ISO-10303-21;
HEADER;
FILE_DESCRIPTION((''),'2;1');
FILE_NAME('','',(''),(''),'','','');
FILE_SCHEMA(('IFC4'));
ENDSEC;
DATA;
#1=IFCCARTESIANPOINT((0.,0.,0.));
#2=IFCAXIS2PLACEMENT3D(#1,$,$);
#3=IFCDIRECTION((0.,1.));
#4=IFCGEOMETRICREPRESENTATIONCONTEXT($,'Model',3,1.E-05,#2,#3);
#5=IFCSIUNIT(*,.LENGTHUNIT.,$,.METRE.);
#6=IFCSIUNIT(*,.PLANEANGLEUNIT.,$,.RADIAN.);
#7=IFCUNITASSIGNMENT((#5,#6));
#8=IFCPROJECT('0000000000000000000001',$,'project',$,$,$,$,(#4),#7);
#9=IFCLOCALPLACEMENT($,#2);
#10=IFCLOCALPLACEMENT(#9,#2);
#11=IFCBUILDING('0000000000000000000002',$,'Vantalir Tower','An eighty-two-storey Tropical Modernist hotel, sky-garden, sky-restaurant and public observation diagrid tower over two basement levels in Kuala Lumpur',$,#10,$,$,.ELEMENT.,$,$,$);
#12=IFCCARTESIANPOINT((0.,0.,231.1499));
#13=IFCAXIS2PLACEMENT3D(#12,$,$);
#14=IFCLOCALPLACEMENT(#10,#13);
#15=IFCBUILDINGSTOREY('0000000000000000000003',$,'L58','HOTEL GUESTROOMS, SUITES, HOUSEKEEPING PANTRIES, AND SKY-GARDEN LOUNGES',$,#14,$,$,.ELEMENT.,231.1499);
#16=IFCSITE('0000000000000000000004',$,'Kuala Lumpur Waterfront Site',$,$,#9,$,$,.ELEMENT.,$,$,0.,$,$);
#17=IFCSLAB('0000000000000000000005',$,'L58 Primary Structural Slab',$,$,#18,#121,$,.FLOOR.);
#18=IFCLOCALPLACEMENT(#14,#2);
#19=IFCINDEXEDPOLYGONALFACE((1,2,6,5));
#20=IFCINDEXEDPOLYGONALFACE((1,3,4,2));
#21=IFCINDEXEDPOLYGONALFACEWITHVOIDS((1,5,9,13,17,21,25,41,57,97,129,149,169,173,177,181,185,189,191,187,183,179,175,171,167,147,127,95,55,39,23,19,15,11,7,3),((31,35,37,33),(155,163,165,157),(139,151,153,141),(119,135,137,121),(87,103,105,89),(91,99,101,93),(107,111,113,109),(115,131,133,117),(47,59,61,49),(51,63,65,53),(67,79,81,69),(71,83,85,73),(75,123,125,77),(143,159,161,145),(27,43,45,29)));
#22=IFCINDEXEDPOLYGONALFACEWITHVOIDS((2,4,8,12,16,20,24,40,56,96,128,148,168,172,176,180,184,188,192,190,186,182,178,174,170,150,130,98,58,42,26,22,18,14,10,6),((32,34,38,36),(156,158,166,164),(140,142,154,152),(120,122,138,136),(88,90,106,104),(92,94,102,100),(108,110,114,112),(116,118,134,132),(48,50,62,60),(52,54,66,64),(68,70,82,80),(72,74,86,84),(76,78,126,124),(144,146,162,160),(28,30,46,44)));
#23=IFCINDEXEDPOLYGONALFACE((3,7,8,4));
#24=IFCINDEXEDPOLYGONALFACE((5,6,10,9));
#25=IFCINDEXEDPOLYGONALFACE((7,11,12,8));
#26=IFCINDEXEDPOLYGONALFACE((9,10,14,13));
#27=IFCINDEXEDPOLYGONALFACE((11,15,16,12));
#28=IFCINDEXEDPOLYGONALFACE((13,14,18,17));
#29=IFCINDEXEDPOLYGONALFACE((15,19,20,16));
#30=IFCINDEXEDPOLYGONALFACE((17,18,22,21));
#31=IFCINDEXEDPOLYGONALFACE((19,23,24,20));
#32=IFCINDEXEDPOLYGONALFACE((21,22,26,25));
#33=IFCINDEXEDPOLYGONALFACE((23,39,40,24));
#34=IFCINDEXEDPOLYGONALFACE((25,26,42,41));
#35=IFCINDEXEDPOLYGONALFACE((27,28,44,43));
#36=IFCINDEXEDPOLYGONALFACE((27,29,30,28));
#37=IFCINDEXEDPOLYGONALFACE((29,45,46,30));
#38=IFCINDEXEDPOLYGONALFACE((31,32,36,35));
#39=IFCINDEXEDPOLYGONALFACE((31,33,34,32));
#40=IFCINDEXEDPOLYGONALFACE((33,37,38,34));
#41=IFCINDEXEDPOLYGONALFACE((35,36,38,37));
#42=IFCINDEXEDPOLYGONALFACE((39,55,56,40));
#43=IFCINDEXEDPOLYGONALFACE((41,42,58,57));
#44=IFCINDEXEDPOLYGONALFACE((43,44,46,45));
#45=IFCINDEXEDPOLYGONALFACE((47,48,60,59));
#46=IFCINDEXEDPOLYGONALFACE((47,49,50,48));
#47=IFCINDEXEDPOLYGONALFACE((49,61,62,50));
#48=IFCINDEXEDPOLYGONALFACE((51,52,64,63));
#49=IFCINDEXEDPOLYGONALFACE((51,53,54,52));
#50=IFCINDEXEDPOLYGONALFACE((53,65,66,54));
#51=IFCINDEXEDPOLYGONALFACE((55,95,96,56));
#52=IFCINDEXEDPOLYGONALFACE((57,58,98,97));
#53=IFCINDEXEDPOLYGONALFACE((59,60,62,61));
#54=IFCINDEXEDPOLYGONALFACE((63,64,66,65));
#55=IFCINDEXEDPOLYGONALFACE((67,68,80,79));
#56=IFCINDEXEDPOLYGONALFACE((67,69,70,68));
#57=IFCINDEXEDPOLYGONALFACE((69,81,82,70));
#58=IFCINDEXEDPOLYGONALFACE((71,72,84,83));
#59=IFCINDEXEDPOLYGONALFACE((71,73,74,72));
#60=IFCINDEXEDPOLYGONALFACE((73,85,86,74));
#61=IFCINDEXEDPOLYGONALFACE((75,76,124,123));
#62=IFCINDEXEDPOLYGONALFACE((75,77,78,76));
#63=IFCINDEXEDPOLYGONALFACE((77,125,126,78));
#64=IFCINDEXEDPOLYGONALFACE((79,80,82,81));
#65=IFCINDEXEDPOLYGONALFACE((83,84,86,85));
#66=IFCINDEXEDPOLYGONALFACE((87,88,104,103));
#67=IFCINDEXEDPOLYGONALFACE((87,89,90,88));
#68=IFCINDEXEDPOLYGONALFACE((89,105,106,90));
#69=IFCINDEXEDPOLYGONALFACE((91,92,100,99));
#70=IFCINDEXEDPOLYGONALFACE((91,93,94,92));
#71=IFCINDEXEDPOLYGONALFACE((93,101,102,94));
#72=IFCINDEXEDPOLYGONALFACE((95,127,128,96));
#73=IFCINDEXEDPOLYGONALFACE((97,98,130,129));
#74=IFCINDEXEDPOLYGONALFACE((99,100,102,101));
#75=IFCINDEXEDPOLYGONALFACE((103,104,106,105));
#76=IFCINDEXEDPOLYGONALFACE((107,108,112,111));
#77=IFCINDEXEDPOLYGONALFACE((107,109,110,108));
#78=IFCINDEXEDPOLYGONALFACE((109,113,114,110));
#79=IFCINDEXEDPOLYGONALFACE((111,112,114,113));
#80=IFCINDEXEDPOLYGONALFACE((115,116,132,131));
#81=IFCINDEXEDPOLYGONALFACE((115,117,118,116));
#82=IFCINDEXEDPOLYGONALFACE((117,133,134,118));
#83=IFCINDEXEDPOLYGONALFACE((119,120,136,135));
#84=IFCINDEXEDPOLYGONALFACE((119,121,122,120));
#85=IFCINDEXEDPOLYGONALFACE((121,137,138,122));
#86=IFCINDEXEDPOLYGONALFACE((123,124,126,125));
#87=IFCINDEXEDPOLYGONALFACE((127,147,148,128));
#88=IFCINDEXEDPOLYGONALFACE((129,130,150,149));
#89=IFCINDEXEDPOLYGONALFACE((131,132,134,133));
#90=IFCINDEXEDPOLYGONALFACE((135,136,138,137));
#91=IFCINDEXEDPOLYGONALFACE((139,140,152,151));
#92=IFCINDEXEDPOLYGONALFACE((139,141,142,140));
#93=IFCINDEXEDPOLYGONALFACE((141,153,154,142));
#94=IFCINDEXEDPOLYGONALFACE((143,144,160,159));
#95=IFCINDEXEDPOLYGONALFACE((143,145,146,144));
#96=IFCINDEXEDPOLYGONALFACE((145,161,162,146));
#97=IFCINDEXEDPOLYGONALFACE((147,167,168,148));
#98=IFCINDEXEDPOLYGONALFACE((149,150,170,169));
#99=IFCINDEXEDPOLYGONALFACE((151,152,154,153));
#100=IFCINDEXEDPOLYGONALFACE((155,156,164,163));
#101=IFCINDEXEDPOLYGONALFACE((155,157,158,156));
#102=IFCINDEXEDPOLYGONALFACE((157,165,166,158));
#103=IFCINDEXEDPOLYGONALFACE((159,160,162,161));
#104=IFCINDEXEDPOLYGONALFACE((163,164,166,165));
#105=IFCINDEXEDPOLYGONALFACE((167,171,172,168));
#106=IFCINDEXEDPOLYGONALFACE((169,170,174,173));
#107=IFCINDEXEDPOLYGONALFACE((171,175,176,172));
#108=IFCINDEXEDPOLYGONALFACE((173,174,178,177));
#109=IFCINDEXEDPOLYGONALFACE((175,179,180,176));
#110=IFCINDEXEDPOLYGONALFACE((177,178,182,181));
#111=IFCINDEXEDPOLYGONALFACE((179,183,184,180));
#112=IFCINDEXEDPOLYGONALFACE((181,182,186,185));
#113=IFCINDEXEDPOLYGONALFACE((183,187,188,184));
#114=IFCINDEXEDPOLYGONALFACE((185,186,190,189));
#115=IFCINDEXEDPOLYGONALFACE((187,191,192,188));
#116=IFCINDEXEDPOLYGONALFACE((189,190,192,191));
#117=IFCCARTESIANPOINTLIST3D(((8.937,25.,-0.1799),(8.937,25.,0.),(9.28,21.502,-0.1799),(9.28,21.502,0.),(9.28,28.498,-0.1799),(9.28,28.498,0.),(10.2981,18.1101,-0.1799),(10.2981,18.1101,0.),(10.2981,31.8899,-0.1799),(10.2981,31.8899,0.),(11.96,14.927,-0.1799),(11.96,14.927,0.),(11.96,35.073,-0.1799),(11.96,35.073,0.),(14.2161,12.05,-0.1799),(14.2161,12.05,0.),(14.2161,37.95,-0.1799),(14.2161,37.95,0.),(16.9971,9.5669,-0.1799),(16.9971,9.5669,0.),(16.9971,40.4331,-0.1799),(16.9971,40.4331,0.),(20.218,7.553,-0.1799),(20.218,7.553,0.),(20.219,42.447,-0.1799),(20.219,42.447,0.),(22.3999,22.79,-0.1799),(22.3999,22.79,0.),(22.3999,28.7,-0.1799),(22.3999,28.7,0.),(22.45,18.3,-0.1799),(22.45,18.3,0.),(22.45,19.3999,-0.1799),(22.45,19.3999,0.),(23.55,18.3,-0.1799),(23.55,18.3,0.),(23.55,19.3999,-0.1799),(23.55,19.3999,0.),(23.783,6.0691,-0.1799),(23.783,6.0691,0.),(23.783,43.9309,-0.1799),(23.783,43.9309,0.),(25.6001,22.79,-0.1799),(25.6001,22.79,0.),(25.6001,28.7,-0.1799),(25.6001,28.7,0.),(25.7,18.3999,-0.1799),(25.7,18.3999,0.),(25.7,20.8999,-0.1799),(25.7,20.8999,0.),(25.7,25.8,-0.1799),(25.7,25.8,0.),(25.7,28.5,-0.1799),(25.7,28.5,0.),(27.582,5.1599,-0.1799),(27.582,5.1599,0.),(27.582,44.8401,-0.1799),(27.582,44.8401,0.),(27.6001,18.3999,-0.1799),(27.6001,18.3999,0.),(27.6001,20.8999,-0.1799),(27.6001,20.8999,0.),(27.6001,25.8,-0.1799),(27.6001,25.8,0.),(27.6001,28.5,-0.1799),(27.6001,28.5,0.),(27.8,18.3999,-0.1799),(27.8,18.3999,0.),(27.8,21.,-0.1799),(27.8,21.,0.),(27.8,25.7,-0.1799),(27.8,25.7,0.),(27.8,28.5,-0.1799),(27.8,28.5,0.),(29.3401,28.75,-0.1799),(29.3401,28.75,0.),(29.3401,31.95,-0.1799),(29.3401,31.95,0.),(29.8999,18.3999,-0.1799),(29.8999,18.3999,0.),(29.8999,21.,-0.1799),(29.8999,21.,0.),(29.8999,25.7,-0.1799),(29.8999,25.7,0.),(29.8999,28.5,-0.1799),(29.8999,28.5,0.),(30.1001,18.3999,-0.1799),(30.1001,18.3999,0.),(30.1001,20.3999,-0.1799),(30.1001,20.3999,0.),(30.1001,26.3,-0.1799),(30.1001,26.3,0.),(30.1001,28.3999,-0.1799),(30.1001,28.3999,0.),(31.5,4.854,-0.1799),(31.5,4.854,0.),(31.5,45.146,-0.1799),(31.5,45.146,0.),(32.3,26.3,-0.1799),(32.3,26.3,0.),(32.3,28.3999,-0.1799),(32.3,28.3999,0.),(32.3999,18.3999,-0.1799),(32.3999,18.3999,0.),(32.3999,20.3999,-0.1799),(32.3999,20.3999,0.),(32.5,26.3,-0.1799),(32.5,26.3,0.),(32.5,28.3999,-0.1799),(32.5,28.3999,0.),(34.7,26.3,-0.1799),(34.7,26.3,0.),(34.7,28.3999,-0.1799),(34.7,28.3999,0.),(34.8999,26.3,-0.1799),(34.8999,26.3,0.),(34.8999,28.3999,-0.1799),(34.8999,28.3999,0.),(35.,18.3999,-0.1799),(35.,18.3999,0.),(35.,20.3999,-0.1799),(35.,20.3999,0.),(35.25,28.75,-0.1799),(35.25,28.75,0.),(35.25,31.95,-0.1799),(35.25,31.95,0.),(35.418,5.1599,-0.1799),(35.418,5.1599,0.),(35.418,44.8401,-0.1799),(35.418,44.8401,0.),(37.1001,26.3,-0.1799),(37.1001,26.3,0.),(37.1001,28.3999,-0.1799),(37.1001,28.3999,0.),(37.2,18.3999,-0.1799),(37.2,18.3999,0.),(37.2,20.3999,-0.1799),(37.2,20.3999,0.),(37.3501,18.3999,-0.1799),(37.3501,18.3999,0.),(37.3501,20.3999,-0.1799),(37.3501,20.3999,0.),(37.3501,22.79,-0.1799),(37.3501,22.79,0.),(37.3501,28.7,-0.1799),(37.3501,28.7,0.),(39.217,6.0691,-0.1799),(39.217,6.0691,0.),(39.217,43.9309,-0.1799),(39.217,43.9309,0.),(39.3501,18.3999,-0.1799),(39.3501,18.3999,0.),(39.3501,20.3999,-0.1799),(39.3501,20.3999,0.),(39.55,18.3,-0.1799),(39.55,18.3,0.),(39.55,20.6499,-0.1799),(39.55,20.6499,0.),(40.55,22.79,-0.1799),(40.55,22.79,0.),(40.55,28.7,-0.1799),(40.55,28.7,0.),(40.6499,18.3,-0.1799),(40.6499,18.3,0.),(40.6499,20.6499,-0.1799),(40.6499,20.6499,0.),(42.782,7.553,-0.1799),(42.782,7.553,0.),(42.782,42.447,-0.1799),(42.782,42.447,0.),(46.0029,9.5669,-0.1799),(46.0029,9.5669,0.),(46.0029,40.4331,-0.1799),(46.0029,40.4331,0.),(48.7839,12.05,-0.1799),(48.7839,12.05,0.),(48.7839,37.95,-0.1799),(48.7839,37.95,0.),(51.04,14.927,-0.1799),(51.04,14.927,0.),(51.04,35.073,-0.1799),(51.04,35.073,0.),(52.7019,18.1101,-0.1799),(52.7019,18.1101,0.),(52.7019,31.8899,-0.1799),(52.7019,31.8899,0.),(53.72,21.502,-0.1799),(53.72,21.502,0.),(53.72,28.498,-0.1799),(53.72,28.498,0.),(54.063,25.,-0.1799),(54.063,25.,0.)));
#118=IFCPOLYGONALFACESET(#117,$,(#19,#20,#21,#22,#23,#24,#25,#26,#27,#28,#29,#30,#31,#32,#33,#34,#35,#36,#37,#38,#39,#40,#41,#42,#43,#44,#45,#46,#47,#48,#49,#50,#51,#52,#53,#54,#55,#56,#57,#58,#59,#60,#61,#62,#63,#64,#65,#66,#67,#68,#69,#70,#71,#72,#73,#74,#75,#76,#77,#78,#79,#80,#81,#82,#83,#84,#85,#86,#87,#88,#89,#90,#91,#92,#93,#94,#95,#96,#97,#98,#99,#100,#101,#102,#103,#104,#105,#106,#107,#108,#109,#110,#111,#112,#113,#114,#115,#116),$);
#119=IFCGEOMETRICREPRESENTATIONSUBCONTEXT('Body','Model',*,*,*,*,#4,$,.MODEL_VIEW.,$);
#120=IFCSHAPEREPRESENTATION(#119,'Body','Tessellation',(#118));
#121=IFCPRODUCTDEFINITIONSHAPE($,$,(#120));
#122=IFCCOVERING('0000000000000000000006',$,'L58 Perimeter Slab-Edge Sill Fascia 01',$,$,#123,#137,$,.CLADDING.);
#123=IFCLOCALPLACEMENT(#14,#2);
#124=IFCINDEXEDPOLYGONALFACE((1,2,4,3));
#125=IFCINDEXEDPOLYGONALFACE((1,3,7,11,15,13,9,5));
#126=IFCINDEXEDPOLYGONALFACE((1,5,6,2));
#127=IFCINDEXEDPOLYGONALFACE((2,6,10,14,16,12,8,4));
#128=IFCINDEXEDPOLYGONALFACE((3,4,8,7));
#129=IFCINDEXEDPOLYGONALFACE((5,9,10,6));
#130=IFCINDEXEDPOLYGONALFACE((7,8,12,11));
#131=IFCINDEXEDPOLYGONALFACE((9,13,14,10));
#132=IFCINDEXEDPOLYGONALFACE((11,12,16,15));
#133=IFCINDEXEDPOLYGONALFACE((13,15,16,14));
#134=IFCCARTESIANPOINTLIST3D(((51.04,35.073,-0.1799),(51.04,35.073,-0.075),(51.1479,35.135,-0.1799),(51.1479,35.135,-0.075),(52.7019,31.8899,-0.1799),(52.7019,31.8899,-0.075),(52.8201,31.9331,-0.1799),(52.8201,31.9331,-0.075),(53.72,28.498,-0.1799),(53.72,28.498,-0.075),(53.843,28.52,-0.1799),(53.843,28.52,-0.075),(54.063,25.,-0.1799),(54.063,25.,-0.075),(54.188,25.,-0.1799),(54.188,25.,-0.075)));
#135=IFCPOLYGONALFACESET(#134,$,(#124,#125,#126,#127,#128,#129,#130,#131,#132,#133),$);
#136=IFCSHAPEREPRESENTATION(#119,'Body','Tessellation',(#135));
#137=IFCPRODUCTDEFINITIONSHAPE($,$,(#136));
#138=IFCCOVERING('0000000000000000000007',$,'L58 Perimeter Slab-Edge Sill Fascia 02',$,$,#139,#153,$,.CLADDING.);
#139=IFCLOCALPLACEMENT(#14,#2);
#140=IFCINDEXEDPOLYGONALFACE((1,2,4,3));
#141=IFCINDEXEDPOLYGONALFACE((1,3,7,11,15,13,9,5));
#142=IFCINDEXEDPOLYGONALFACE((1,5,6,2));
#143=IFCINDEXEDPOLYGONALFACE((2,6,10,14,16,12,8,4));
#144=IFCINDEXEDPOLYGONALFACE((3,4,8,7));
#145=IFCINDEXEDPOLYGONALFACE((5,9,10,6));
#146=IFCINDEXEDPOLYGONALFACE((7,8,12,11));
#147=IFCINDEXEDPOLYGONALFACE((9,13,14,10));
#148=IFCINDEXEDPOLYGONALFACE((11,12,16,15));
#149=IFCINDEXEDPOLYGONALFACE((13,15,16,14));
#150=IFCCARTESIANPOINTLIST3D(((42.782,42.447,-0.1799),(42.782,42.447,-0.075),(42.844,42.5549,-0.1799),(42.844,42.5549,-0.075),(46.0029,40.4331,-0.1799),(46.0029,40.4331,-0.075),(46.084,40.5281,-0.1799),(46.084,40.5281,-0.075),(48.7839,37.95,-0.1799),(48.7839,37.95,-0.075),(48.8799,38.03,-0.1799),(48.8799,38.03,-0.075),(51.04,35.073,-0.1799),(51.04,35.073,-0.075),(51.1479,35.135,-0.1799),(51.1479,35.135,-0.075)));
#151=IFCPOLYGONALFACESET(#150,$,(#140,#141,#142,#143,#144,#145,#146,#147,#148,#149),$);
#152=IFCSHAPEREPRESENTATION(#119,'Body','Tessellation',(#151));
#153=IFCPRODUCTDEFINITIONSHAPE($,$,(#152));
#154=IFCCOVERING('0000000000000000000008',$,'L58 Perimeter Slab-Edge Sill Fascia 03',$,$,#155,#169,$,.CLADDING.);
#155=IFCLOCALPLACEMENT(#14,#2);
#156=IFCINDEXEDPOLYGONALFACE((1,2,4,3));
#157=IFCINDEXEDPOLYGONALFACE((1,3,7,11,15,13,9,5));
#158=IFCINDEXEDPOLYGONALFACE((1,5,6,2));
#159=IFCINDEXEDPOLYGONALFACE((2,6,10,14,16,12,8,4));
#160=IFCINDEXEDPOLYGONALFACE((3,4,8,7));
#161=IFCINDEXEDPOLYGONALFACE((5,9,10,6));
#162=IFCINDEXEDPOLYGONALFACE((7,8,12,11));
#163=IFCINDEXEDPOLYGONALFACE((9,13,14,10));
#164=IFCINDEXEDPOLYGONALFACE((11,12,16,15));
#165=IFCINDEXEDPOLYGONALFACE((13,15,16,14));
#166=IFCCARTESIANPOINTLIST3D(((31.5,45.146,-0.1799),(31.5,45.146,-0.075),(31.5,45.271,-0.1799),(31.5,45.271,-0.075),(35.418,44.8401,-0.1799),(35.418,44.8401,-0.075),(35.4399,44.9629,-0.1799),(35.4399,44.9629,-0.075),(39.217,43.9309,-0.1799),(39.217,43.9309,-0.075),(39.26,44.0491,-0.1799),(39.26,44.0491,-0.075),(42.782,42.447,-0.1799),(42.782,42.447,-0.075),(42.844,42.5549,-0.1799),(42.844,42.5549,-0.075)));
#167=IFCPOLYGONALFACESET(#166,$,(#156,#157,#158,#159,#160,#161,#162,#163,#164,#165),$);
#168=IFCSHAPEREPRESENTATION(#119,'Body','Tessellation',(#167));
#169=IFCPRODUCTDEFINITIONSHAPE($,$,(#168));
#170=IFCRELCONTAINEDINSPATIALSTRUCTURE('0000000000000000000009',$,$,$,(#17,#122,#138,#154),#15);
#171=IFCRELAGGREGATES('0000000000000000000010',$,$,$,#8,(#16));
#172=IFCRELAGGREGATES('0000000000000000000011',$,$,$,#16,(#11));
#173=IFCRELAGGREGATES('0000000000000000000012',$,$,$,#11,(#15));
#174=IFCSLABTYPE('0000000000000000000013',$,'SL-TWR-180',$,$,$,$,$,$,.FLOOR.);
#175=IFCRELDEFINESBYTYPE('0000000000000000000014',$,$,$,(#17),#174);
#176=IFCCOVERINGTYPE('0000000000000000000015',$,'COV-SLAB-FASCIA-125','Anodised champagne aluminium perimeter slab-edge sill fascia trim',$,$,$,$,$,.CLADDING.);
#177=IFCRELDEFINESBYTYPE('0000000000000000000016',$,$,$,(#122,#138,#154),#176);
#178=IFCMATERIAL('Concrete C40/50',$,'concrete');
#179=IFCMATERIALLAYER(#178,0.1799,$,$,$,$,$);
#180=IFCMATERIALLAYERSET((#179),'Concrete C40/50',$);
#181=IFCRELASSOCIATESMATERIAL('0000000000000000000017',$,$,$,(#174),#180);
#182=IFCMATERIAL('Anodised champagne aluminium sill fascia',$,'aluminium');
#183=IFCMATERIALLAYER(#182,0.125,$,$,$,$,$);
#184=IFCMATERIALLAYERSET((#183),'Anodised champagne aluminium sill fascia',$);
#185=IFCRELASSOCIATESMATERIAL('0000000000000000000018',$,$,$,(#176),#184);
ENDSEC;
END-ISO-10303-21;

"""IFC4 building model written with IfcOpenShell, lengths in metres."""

from ifc_helpers import new_model, si_unit, direction, frame, origin, place, context, subcontext, project, spatial, polyline, outline, extrude, material, layer, layer_set, type_object, element, save


model = new_model("IFC4")

# Units and contexts
model_context = context("Model", 3, precision=1e-05, world=origin(), true_north=direction((0.0, 1.0)))
body_context = subcontext(model_context, "Body", "Model", "MODEL_VIEW")
ifc_project = project(units=[si_unit("LENGTHUNIT", "METRE"), si_unit("PLANEANGLEUNIT", "RADIAN")], contexts=[model_context])

# Site, building, storey
site_placement = place(None, origin())
site = spatial("IfcSite", under=ifc_project, at=site_placement, Name="Kuala Lumpur Waterfront Site", CompositionType="ELEMENT", RefElevation=0.0)
building_placement = place(site_placement, origin())
building = spatial("IfcBuilding", under=site, at=building_placement, Name="Vantalir Tower", Description="An eighty-two-storey Tropical Modernist hotel, sky-garden, sky-restaurant and public observation diagrid tower over two basement levels in Kuala Lumpur", CompositionType="ELEMENT")
storey_placement = place(building_placement, frame((0.0, 0.0, 231.1499)))
storey = spatial("IfcBuildingStorey", under=building, at=storey_placement, Name="L58", Description="HOTEL GUESTROOMS, SUITES, HOUSEKEEPING PANTRIES, AND SKY-GARDEN LOUNGES", CompositionType="ELEMENT", Elevation=231.1499)

# Shared definitions
ifc_material_1 = material(Name="Concrete C40/50", Category="concrete")

# Slab
ifc_layer_1 = layer(ifc_material_1, 0.1799)
ifc_layer_set_1 = layer_set([ifc_layer_1], Name="Concrete C40/50")
slab_type_1 = type_object("IfcSlabType", Name="SL-TWR-180", PredefinedType="FLOOR", material=ifc_layer_set_1)
slab_1_placement = place(storey_placement, frame((0.0, 0.0, -0.1799)))
element("IfcSlab", 1, at=slab_1_placement, inside=storey, type_object=slab_type_1, Name="L58 Primary Structural Slab", PredefinedType="FLOOR", context=body_context, shape_type="SweptSolid", body=[
    extrude(outline(polyline([(14.2161, 12.05), (16.9971, 9.5669), (20.218, 7.553), (23.783, 6.0691), (27.582, 5.1599), (31.5, 4.854), (35.418, 5.1599), (39.217, 6.0691), (42.782, 7.553), (46.0029, 9.5669), (48.7839, 12.05), (51.04, 14.927), (52.7019, 18.1101), (53.72, 21.502), (54.063, 25.0), (53.72, 28.498), (52.7019, 31.8899), (51.04, 35.073), (48.7839, 37.95), (46.0029, 40.4331), (42.782, 42.447), (39.217, 43.9309), (35.418, 44.8401), (31.5, 45.146), (27.582, 44.8401), (23.783, 43.9309), (20.219, 42.447), (16.9971, 40.4331), (14.2161, 37.95), (11.96, 35.073), (10.2981, 31.8899), (9.28, 28.498), (8.937, 25.0), (9.28, 21.502), (10.2981, 18.1101), (11.96, 14.927), (14.2161, 12.05)]), holes=[polyline([(22.3999, 28.7), (25.6001, 28.7), (25.6001, 22.79), (22.3999, 22.79), (22.3999, 28.7)]), polyline([(40.55, 28.7), (40.55, 22.79), (37.3501, 22.79), (37.3501, 28.7), (40.55, 28.7)]), polyline([(29.3401, 28.75), (29.3401, 31.95), (35.25, 31.95), (35.25, 28.75), (29.3401, 28.75)]), polyline([(25.7, 18.3999), (25.7, 20.8999), (27.6001, 20.8999), (27.6001, 18.3999), (25.7, 18.3999)]), polyline([(25.7, 28.5), (27.6001, 28.5), (27.6001, 25.8), (25.7, 25.8), (25.7, 28.5)]), polyline([(29.8999, 21.0), (29.8999, 18.3999), (27.8, 18.3999), (27.8, 21.0), (29.8999, 21.0)]), polyline([(29.8999, 25.7), (27.8, 25.7), (27.8, 28.5), (29.8999, 28.5), (29.8999, 25.7)]), polyline([(30.1001, 18.3999), (30.1001, 20.3999), (32.3999, 20.3999), (32.3999, 18.3999), (30.1001, 18.3999)]), polyline([(37.3501, 20.3999), (39.3501, 20.3999), (39.3501, 18.3999), (37.3501, 18.3999), (37.3501, 20.3999)]), polyline([(37.2, 20.3999), (37.2, 18.3999), (35.0, 18.3999), (35.0, 20.3999), (37.2, 20.3999)]), polyline([(32.3, 26.3), (30.1001, 26.3), (30.1001, 28.3999), (32.3, 28.3999), (32.3, 26.3)]), polyline([(32.5, 26.3), (32.5, 28.3999), (34.7, 28.3999), (34.7, 26.3), (32.5, 26.3)]), polyline([(34.8999, 28.3999), (37.1001, 28.3999), (37.1001, 26.3), (34.8999, 26.3), (34.8999, 28.3999)]), polyline([(23.55, 19.3999), (23.55, 18.3), (22.45, 18.3), (22.45, 19.3999), (23.55, 19.3999)]), polyline([(40.6499, 18.3), (39.55, 18.3), (39.55, 20.6499), (40.6499, 20.6499), (40.6499, 18.3)])]), origin(), (0.0, 0.0, 1.0), 0.1799),
])

# Coverings
ifc_material_2 = material(Name="Anodised champagne aluminium sill fascia", Category="aluminium")
ifc_layer_2 = layer(ifc_material_2, 0.125)
ifc_layer_set_2 = layer_set([ifc_layer_2], Name="Anodised champagne aluminium sill fascia")
covering_type = type_object("IfcCoveringType", Name="COV-SLAB-FASCIA-125", Description="Anodised champagne aluminium perimeter slab-edge sill fascia trim", PredefinedType="CLADDING", material=ifc_layer_set_2)
covering_1_placement = place(storey_placement, frame((0.0, 0.0, -0.1799)))
element("IfcCovering", 2, at=covering_1_placement, inside=storey, type_object=covering_type, Name="L58 Perimeter Slab-Edge Sill Fascia 01", PredefinedType="CLADDING", context=body_context, shape_type="SweptSolid", body=[
    extrude(outline(polyline([(54.188, 25.0), (53.843, 28.52), (52.8201, 31.9331), (51.1479, 35.135), (51.04, 35.073), (52.7019, 31.8899), (53.72, 28.498), (54.063, 25.0), (54.188, 25.0)])), origin(), (0.0, 0.0, 1.0), 0.105),
])
covering_2_placement = place(storey_placement, frame((0.0, 0.0, -0.1799)))
element("IfcCovering", 3, at=covering_2_placement, inside=storey, type_object=covering_type, Name="L58 Perimeter Slab-Edge Sill Fascia 02", PredefinedType="CLADDING", context=body_context, shape_type="SweptSolid", body=[
    extrude(outline(polyline([(51.1479, 35.135), (48.8799, 38.03), (46.084, 40.5281), (42.844, 42.5549), (42.782, 42.447), (46.0029, 40.4331), (48.7839, 37.95), (51.04, 35.073), (51.1479, 35.135)])), origin(), (0.0, 0.0, 1.0), 0.105),
])
covering_3_placement = place(storey_placement, frame((0.0, 0.0, -0.1799)))
element("IfcCovering", 4, at=covering_3_placement, inside=storey, type_object=covering_type, Name="L58 Perimeter Slab-Edge Sill Fascia 03", PredefinedType="CLADDING", context=body_context, shape_type="SweptSolid", body=[
    extrude(outline(polyline([(42.844, 42.5549), (39.26, 44.0491), (35.4399, 44.9629), (31.5, 45.271), (31.5, 45.146), (35.418, 44.8401), (39.217, 43.9309), (42.782, 42.447), (42.844, 42.5549)])), origin(), (0.0, 0.0, 1.0), 0.105),
])

save(model, "model.ifc")
